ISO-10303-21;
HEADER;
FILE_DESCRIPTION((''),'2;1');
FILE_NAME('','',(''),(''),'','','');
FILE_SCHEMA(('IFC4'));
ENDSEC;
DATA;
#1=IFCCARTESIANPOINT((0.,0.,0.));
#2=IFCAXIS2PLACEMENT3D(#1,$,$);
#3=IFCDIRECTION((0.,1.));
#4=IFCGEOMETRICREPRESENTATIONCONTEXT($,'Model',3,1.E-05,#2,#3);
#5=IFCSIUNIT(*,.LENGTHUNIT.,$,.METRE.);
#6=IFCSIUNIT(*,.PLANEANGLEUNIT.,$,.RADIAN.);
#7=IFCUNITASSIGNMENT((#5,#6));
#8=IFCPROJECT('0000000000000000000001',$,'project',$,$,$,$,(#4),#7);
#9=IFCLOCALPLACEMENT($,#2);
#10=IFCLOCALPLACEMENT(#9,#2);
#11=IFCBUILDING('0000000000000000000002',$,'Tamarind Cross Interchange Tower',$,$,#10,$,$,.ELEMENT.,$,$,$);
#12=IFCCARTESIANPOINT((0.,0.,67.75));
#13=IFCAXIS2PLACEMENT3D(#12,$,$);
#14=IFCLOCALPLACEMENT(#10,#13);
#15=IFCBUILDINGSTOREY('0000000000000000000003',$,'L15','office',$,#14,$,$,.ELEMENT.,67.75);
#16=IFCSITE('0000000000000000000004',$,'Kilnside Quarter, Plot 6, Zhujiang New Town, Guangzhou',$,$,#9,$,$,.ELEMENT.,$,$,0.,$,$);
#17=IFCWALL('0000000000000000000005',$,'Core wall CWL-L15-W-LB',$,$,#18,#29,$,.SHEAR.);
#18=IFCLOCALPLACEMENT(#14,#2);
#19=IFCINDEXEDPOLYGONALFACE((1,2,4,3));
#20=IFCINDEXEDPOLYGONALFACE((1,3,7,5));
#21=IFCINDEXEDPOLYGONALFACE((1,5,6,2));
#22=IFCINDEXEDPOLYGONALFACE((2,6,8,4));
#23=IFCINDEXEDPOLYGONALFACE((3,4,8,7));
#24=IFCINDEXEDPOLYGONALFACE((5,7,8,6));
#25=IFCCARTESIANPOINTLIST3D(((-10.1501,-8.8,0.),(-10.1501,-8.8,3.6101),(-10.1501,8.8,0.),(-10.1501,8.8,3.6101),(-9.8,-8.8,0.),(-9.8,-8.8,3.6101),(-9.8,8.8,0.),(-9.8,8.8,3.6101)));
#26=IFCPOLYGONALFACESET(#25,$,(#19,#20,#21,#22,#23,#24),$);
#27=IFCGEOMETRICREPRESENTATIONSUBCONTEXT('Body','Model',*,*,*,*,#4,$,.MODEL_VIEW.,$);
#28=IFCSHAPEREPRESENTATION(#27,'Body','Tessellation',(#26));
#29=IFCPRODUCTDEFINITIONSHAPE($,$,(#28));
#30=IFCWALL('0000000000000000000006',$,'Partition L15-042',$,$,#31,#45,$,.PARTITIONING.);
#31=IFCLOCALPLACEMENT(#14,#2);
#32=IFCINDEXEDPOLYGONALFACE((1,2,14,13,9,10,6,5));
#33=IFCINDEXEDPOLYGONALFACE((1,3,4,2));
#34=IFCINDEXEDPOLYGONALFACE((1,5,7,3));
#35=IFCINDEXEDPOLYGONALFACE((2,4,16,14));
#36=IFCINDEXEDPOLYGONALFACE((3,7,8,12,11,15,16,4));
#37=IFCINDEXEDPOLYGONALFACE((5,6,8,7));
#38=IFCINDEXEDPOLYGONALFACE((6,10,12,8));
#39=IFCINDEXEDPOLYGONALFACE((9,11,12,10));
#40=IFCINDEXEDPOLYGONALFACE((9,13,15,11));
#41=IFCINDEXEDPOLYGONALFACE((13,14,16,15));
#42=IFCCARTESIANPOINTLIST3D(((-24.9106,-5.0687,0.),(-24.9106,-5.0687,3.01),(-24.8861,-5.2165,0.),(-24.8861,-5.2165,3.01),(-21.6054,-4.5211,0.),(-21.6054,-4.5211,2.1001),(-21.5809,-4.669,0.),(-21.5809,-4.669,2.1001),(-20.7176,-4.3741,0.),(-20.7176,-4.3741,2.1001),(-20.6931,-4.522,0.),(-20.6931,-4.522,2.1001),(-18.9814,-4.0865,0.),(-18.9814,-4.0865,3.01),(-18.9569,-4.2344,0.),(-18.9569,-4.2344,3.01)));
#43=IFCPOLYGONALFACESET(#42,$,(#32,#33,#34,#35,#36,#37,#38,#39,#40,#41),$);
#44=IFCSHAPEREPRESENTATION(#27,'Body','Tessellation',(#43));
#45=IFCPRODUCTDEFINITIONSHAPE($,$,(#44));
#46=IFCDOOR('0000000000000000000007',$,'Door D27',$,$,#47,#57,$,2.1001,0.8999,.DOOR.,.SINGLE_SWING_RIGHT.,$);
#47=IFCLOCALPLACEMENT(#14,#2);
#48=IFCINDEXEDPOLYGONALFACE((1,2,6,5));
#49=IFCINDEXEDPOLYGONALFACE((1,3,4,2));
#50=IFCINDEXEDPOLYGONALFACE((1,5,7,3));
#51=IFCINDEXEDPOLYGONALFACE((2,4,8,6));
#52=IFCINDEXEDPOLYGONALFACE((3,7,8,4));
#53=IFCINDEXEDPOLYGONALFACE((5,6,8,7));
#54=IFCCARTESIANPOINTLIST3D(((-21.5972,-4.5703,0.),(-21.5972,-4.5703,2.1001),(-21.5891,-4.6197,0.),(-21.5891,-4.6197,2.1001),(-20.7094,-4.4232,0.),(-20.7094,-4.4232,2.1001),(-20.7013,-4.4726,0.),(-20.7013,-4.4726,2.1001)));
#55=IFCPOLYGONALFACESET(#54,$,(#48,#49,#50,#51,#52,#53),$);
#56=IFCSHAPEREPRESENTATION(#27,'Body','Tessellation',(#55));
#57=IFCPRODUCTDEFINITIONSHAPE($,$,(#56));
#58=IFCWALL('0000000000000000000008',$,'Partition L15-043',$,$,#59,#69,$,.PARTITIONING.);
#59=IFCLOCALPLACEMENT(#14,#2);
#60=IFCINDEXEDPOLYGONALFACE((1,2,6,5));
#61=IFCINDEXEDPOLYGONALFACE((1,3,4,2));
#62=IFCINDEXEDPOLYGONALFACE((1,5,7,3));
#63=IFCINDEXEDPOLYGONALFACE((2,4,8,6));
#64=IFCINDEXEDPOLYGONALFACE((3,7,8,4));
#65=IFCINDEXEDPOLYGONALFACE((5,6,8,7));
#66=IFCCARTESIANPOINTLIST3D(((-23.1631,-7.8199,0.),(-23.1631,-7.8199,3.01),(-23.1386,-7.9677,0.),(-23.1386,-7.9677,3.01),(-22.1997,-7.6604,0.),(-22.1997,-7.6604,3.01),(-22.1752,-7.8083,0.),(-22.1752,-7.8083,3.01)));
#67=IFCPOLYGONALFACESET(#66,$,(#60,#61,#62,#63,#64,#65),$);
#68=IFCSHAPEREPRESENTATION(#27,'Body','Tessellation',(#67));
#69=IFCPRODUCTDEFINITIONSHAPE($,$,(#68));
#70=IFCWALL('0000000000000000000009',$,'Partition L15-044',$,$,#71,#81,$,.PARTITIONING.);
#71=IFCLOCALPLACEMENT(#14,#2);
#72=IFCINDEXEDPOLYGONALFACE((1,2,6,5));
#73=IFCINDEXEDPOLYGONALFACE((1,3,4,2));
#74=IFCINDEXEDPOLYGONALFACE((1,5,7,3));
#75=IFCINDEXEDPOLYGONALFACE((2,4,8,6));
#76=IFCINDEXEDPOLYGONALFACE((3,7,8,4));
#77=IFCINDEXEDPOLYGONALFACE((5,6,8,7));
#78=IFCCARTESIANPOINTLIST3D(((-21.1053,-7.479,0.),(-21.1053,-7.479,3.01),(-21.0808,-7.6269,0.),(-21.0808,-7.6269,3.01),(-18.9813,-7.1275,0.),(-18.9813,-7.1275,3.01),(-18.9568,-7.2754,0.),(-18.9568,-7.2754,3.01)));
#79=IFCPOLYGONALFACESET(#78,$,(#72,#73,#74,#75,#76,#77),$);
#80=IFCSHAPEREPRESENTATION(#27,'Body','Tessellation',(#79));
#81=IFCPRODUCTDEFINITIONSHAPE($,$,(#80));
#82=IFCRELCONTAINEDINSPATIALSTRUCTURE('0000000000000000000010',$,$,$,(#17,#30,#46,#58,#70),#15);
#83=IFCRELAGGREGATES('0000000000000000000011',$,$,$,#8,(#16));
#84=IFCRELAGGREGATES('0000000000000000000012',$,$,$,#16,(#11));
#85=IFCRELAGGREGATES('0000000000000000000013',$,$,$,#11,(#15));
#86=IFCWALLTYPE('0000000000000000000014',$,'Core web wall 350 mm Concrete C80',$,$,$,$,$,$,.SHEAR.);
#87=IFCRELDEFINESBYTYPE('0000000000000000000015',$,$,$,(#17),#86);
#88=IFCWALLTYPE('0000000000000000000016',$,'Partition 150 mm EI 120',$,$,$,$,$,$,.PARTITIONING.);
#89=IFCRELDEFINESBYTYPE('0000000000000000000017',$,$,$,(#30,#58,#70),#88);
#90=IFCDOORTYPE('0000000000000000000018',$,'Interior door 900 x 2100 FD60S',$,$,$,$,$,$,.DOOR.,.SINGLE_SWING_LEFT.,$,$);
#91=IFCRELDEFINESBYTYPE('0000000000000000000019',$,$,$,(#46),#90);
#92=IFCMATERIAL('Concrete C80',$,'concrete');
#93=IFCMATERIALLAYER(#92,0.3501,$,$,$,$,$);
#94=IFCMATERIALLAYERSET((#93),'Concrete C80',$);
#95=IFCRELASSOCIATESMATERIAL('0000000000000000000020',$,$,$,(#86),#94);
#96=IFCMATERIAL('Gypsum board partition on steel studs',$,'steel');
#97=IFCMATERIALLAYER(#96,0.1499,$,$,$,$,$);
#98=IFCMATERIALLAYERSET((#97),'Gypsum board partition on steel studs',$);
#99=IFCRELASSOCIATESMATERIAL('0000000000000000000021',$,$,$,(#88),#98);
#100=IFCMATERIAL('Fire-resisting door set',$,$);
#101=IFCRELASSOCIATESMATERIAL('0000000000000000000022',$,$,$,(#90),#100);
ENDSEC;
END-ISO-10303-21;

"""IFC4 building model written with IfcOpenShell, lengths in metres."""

from ifc_helpers import new_model, si_unit, direction, frame, frame_2d, origin, place, context, subcontext, project, spatial, rectangle, extrude, material, layer, layer_set, type_object, element, fill, save


model = new_model("IFC4")

# Units and contexts
model_context = context("Model", 3, precision=1e-05, world=origin(), true_north=direction((0.0, 1.0)))
body_context = subcontext(model_context, "Body", "Model", "MODEL_VIEW")
ifc_project = project(units=[si_unit("LENGTHUNIT", "METRE"), si_unit("PLANEANGLEUNIT", "RADIAN")], contexts=[model_context])

# Site, building, storey
site_placement = place(None, origin())
site = spatial("IfcSite", under=ifc_project, at=site_placement, Name="Kilnside Quarter, Plot 6, Zhujiang New Town, Guangzhou", CompositionType="ELEMENT", RefElevation=0.0)
building_placement = place(site_placement, origin())
building = spatial("IfcBuilding", under=site, at=building_placement, Name="Tamarind Cross Interchange Tower", CompositionType="ELEMENT")
storey_placement = place(building_placement, frame((0.0, 0.0, 67.75)))
storey = spatial("IfcBuildingStorey", under=building, at=storey_placement, Name="L15", Description="office", CompositionType="ELEMENT", Elevation=67.75)

# Shared definitions
ifc_material_1 = material(Name="Concrete C80", Category="concrete")
ifc_layer_1 = layer(ifc_material_1, 0.3501)
ifc_layer_set_1 = layer_set([ifc_layer_1], Name="Concrete C80")
wall_type_1 = type_object("IfcWallType", Name="Core web wall 350 mm Concrete C80", PredefinedType="SHEAR", material=ifc_layer_set_1)

# Wall
wall_1_placement = place(storey_placement, frame((-9.9751, -8.8, 0.0), z_axis=(0.0, 0.0, 1.0), x_axis=(0.0, 1.0, 0.0)))
element("IfcWall", 1, at=wall_1_placement, inside=storey, type_object=wall_type_1, Name="Core wall CWL-L15-W-LB", PredefinedType="SHEAR", context=body_context, shape_type="SweptSolid", body=[
    extrude(rectangle(XDim=17.6001, YDim=0.3501, at=frame_2d((8.8, 0.0))), origin(), (0.0, 0.0, 1.0), 3.6101),
])

# Wall, opening, door
ifc_material_2 = material(Name="Gypsum board partition on steel studs", Category="steel")
ifc_layer_2 = layer(ifc_material_2, 0.1499)
ifc_layer_set_2 = layer_set([ifc_layer_2], Name="Gypsum board partition on steel studs")
wall_type_2 = type_object("IfcWallType", Name="Partition 150 mm EI 120", PredefinedType="PARTITIONING", material=ifc_layer_set_2)
wall_2_placement = place(storey_placement, frame((-24.8982, -5.1426, 0.0), z_axis=(0.0, 0.0, 1.0), x_axis=(0.986556, 0.163424, 0.0)))
wall_2 = element("IfcWall", 2, at=wall_2_placement, inside=storey, type_object=wall_type_2, Name="Partition L15-042", PredefinedType="PARTITIONING", context=body_context, shape_type="SweptSolid", body=[
    extrude(rectangle(XDim=6.01, YDim=0.1499, at=frame_2d((3.0049, 0.0))), origin(), (0.0, 0.0, 1.0), 3.01),
])
opening_1_placement = place(wall_2_placement, frame((3.3501, 0.0, 0.0)))
opening_1 = element("IfcOpeningElement", 3, at=opening_1_placement, cuts=wall_2, PredefinedType="OPENING", context=body_context, shape_type="SweptSolid", body=[
    extrude(rectangle(XDim=0.8999, YDim=2.1001, at=frame_2d((0.45, 1.05))), frame((0.0, 0.085, 0.0), z_axis=(0.0, -1.0, 0.0), x_axis=(1.0, 0.0, 0.0)), (0.0, 0.0, 1.0), 0.1699),
])
ifc_material_3 = material(Name="Fire-resisting door set")
door_type_1 = type_object("IfcDoorType", Name="Interior door 900 x 2100 FD60S", OperationType="SINGLE_SWING_LEFT", PredefinedType="DOOR", material=ifc_material_3)
door_1_placement = place(opening_1_placement, frame((0.8999, 0.0, 0.0), z_axis=(0.0, 0.0, 1.0), x_axis=(-1.0, 0.0, 0.0)))
door_1 = element("IfcDoor", 4, at=door_1_placement, inside=storey, type_object=door_type_1, Name="Door D27", OperationType="SINGLE_SWING_RIGHT", OverallHeight=2.1001, OverallWidth=0.8999, PredefinedType="DOOR", context=body_context, shape_type="SweptSolid", body=[
    extrude(rectangle(XDim=0.8999, YDim=2.1001, at=frame_2d((0.45, 1.05))), frame((0.0, 0.0249, 0.0), z_axis=(0.0, -1.0, 0.0), x_axis=(1.0, 0.0, 0.0)), (0.0, 0.0, 1.0), 0.05),
])
fill(opening_1, door_1)

# Walls
wall_3_placement = place(storey_placement, frame((-23.1509, -7.8938, 0.0), z_axis=(0.0, 0.0, 1.0), x_axis=(0.986582, 0.163264, 0.0)))
element("IfcWall", 5, at=wall_3_placement, inside=storey, type_object=wall_type_2, Name="Partition L15-043", PredefinedType="PARTITIONING", context=body_context, shape_type="SweptSolid", body=[
    extrude(rectangle(XDim=0.9766, YDim=0.1499, at=frame_2d((0.4883, 0.0))), origin(), (0.0, 0.0, 1.0), 3.01),
])
wall_4_placement = place(storey_placement, frame((-21.093, -7.553, 0.0), z_axis=(0.0, 0.0, 1.0), x_axis=(0.986577, 0.163296, 0.0)))
element("IfcWall", 6, at=wall_4_placement, inside=storey, type_object=wall_type_2, Name="Partition L15-044", PredefinedType="PARTITIONING", context=body_context, shape_type="SweptSolid", body=[
    extrude(rectangle(XDim=2.1528, YDim=0.1499, at=frame_2d((1.0764, 0.0))), origin(), (0.0, 0.0, 1.0), 3.01),
])

save(model, "model.ifc")
